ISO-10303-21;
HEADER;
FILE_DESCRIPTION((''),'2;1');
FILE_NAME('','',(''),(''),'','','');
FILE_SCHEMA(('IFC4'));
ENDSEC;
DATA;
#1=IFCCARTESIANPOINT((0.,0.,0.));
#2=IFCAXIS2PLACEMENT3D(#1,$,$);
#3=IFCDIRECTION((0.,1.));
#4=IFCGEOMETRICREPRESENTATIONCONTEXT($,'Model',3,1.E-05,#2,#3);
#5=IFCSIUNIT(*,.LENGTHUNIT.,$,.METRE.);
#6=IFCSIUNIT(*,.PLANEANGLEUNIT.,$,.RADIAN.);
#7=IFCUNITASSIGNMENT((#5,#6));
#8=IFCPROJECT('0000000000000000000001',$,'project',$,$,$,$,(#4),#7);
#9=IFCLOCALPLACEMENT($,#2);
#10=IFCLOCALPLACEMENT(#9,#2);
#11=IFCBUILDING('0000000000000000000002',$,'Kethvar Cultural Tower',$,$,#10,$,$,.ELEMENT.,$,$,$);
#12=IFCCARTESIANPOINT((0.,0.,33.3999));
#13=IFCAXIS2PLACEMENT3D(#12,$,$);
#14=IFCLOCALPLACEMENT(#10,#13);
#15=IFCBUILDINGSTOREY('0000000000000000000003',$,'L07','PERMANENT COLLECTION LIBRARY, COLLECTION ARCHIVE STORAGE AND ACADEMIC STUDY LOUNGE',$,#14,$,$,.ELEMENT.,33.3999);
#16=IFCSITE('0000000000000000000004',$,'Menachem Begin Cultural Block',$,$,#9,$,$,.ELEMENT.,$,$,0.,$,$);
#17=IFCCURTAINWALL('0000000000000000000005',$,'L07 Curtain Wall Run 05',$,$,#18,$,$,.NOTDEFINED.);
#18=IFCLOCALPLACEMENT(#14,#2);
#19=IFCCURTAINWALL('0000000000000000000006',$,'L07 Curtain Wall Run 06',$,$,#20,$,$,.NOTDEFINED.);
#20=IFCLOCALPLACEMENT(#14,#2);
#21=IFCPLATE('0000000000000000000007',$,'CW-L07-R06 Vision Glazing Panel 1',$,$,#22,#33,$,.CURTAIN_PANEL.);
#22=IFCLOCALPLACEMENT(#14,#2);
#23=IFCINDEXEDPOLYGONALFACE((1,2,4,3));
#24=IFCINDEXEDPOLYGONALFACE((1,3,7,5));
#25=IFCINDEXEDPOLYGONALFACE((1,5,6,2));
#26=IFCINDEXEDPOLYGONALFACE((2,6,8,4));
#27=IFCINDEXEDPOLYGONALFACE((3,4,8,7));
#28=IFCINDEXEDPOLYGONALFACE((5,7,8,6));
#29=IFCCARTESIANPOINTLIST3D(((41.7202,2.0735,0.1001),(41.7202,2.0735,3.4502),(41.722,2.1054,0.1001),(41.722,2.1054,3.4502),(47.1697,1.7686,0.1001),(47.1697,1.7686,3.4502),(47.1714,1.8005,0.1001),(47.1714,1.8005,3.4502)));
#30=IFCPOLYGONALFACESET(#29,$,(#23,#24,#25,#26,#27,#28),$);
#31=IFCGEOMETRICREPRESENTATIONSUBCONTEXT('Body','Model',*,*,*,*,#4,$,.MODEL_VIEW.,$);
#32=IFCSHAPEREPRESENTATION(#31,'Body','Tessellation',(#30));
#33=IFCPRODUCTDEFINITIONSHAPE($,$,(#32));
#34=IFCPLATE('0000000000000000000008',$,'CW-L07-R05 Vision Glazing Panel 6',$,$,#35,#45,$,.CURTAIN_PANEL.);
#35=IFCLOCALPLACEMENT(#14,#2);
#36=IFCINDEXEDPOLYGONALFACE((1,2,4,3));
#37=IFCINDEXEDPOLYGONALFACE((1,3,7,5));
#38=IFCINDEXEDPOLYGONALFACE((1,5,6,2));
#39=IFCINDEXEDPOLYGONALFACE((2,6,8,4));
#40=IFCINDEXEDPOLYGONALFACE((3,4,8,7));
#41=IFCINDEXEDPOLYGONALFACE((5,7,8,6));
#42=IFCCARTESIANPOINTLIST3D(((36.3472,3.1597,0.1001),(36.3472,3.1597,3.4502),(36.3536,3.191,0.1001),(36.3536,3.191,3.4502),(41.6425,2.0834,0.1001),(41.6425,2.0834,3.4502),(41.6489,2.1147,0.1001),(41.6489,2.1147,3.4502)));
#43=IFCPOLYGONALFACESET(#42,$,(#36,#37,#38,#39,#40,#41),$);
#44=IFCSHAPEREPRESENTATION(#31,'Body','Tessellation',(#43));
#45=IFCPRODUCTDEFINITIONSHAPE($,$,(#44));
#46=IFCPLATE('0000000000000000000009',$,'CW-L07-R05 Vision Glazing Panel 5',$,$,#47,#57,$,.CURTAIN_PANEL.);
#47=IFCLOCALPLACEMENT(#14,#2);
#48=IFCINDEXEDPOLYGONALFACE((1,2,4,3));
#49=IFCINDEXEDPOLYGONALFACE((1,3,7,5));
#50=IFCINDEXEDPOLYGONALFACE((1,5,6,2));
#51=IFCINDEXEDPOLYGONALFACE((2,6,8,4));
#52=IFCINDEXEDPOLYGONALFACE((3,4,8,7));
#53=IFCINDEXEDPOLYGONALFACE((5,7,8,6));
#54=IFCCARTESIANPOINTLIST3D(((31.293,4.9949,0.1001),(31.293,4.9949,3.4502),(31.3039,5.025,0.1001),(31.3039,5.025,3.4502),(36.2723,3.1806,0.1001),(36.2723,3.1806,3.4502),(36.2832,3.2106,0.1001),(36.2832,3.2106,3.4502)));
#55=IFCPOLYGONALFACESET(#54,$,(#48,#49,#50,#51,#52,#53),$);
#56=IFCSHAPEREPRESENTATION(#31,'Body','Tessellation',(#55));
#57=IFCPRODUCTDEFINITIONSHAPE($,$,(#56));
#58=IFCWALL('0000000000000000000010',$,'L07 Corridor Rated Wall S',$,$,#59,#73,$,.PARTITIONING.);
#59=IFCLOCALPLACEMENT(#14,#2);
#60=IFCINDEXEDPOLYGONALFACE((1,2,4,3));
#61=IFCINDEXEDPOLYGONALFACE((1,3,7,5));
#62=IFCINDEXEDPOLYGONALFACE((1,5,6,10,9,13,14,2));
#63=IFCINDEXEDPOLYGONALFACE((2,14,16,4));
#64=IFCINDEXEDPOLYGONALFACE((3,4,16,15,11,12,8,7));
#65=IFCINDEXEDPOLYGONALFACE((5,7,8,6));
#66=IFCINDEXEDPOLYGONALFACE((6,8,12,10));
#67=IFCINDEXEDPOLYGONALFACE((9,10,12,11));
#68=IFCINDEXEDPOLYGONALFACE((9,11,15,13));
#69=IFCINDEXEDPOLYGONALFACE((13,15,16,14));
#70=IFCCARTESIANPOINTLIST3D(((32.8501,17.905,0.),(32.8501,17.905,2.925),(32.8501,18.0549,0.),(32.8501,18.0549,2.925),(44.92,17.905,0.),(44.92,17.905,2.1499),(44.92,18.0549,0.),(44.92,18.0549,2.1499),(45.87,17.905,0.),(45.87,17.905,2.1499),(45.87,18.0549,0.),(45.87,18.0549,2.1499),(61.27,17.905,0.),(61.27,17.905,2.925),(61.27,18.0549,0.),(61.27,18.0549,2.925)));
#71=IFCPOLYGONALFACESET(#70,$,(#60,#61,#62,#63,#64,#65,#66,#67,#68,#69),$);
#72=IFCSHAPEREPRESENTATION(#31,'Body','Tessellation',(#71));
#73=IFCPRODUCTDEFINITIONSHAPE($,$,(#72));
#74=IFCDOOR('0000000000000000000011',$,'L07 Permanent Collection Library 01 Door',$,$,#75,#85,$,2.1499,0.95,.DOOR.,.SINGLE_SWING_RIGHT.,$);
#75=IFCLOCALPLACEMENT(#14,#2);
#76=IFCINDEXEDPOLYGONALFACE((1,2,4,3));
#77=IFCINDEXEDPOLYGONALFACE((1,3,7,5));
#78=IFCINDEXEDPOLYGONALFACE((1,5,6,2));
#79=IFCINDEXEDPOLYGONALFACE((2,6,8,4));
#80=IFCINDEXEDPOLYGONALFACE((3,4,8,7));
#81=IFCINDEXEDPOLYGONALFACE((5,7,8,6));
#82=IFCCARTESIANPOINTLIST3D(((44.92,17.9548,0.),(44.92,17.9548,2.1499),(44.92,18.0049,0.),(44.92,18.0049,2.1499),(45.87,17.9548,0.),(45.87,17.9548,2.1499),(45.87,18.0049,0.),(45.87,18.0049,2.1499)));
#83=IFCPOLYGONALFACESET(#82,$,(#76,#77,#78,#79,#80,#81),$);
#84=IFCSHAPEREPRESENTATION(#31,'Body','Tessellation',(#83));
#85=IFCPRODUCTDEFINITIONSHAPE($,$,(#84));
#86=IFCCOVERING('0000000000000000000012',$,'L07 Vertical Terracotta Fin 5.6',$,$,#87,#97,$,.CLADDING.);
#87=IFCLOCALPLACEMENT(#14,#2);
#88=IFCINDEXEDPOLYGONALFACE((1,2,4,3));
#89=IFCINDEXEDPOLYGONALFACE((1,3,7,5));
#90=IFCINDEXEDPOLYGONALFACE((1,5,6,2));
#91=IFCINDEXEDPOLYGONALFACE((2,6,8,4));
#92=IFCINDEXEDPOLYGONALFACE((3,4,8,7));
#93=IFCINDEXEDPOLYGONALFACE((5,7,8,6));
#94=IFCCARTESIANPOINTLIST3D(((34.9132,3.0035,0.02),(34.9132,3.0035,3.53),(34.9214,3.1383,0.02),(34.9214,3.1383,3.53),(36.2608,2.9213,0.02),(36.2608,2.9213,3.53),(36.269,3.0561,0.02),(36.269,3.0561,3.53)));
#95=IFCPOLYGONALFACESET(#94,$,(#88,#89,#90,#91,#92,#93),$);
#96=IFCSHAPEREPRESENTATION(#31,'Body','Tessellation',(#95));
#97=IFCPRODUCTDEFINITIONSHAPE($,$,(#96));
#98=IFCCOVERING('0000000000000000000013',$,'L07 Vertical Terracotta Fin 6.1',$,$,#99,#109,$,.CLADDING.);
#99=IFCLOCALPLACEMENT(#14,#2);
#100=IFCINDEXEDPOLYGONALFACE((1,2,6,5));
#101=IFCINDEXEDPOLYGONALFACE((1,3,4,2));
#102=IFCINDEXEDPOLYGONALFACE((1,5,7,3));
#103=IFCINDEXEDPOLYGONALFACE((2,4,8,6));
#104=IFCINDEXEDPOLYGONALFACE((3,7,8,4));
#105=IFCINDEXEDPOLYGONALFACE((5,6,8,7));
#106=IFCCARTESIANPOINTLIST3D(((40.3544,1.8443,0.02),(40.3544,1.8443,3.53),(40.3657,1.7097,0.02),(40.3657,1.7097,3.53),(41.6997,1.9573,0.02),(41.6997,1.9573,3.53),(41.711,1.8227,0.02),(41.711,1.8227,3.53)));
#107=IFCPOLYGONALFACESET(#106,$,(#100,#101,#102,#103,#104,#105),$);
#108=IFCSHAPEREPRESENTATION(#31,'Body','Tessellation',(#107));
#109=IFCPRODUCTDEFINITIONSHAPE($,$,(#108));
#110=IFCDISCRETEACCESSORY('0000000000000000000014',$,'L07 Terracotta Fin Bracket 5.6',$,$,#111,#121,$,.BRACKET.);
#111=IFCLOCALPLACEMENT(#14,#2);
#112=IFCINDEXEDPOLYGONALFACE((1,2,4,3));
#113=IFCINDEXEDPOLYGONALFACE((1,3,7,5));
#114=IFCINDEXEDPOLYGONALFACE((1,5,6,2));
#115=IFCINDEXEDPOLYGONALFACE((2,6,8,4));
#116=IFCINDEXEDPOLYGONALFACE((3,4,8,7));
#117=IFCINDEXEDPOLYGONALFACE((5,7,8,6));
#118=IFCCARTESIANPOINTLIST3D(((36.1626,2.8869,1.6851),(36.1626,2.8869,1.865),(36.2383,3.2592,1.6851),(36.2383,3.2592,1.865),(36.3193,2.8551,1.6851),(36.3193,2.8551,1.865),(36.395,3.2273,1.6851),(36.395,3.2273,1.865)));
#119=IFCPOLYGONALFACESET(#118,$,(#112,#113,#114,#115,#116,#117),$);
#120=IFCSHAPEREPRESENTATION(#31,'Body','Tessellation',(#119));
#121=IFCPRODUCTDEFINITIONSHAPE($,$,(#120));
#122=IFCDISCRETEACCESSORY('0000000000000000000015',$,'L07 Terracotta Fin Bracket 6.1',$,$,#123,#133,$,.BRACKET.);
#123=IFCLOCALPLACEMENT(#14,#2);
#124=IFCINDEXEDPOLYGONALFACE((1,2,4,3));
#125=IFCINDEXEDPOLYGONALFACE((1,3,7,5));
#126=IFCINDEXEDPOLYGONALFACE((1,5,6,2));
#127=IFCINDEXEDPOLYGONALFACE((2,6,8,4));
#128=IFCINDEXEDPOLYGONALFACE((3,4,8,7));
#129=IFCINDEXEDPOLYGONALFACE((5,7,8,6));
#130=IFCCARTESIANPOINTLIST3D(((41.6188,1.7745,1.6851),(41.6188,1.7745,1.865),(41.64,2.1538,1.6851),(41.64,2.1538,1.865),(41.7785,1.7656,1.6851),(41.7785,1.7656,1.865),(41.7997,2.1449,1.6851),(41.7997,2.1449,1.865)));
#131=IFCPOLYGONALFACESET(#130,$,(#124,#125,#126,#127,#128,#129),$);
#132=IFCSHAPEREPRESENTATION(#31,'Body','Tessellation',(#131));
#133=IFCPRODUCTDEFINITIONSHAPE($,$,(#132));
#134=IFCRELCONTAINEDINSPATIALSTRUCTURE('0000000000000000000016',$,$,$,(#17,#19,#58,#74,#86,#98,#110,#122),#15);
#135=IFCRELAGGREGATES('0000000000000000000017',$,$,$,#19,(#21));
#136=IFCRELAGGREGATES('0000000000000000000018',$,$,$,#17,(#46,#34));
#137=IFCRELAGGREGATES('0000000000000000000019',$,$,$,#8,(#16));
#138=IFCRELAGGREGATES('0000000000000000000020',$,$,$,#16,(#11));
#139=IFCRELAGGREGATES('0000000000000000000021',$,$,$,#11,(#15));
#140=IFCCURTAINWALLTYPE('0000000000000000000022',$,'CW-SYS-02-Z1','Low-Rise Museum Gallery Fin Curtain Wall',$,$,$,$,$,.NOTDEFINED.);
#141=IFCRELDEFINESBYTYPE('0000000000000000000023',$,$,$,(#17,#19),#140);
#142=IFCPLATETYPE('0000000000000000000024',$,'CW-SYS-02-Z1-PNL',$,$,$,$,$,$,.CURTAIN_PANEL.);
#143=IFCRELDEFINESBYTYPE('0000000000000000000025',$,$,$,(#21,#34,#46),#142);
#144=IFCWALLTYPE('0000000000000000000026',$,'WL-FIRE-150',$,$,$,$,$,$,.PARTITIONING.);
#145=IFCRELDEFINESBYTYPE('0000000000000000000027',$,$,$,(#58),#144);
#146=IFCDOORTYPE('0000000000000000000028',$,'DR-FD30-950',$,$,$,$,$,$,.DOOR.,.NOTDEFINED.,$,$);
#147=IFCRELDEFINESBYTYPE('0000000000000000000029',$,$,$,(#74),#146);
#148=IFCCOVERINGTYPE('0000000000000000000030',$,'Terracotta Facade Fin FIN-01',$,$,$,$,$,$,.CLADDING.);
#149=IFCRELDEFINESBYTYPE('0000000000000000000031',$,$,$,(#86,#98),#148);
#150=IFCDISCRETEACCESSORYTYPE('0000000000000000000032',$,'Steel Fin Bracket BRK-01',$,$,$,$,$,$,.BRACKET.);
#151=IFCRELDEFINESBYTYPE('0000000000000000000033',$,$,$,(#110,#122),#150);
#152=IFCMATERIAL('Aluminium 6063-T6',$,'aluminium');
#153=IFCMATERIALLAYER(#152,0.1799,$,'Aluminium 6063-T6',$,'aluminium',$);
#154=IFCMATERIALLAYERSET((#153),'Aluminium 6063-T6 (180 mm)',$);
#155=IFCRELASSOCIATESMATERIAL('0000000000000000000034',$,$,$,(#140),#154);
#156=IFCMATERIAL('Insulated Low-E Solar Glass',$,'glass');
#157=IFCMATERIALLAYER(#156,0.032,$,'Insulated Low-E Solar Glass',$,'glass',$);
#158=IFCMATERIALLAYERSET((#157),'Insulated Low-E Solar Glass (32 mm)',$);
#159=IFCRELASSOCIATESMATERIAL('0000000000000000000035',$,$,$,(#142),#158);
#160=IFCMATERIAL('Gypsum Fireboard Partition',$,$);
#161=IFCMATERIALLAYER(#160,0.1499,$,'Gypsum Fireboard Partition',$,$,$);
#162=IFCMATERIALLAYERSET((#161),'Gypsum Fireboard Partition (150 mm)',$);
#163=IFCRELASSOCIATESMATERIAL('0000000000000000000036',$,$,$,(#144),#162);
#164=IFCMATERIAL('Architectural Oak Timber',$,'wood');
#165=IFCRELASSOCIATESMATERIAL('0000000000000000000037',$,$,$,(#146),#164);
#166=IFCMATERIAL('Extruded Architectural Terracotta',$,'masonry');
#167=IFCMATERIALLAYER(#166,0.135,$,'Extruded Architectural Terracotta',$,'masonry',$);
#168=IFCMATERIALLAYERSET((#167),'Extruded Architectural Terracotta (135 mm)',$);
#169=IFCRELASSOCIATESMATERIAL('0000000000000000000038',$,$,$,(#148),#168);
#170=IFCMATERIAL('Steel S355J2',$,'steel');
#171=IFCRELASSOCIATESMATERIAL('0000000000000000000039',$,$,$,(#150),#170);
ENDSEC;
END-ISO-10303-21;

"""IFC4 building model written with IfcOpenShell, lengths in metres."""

from ifc_helpers import new_model, si_unit, direction, frame, frame_2d, origin, origin_2d, place, context, subcontext, project, spatial, rectangle, extrude, source, transform, mapped, material, layer, layer_set, type_object, element, fill, aggregate, save


model = new_model("IFC4")

# Units and contexts
model_context = context("Model", 3, precision=1e-05, world=origin(), true_north=direction((0.0, 1.0)))
body_context = subcontext(model_context, "Body", "Model", "MODEL_VIEW")
ifc_project = project(units=[si_unit("LENGTHUNIT", "METRE"), si_unit("PLANEANGLEUNIT", "RADIAN")], contexts=[model_context])

# Site, building, storey
site_placement = place(None, origin())
site = spatial("IfcSite", under=ifc_project, at=site_placement, Name="Menachem Begin Cultural Block", CompositionType="ELEMENT", RefElevation=0.0)
building_placement = place(site_placement, origin())
building = spatial("IfcBuilding", under=site, at=building_placement, Name="Kethvar Cultural Tower", CompositionType="ELEMENT")
storey_placement = place(building_placement, frame((0.0, 0.0, 33.3999)))
storey = spatial("IfcBuildingStorey", under=building, at=storey_placement, Name="L07", Description="PERMANENT COLLECTION LIBRARY, COLLECTION ARCHIVE STORAGE AND ACADEMIC STUDY LOUNGE", CompositionType="ELEMENT", Elevation=33.3999)

# Shared definitions
ifc_material_1 = material(Name="Steel S355J2", Category="steel")

# Curtain walls
ifc_material_2 = material(Name="Aluminium 6063-T6", Category="aluminium")
ifc_layer_1 = layer(ifc_material_2, 0.1799, Name="Aluminium 6063-T6", Category="aluminium")
ifc_layer_set_1 = layer_set([ifc_layer_1], Name="Aluminium 6063-T6 (180 mm)")
curtain_wall_type = type_object("IfcCurtainWallType", Name="CW-SYS-02-Z1", Description="Low-Rise Museum Gallery Fin Curtain Wall", PredefinedType="NOTDEFINED", material=ifc_layer_set_1)
curtain_wall_1_placement = place(storey_placement, origin())
curtain_wall_1 = element("IfcCurtainWall", 1, at=curtain_wall_1_placement, inside=storey, type_object=curtain_wall_type, Name="L07 Curtain Wall Run 05", PredefinedType="NOTDEFINED")
curtain_wall_2_placement = place(storey_placement, origin())
curtain_wall_2 = element("IfcCurtainWall", 2, at=curtain_wall_2_placement, inside=storey, type_object=curtain_wall_type, Name="L07 Curtain Wall Run 06", PredefinedType="NOTDEFINED")

# Plates
ifc_material_3 = material(Name="Insulated Low-E Solar Glass", Category="glass")
ifc_layer_2 = layer(ifc_material_3, 0.032, Name="Insulated Low-E Solar Glass", Category="glass")
ifc_layer_set_2 = layer_set([ifc_layer_2], Name="Insulated Low-E Solar Glass (32 mm)")
plate_type = type_object("IfcPlateType", Name="CW-SYS-02-Z1-PNL", PredefinedType="CURTAIN_PANEL", material=ifc_layer_set_2)
shared_shape_1 = source(origin(), body_context, "Body", "SweptSolid", [
    extrude(rectangle(XDim=5.458, YDim=0.032, at=origin_2d()), origin(), (0.0, 0.0, 1.0), 3.3501),
])
plate_1_placement = place(storey_placement, frame((44.4458, 1.937, 0.1001), z_axis=(0.0, 0.0, 1.0), x_axis=(0.998439, -0.055856, 0.0)))
plate_1 = element("IfcPlate", 3, at=plate_1_placement, type_object=plate_type, Name="CW-L07-R06 Vision Glazing Panel 1", PredefinedType="CURTAIN_PANEL", context=body_context, shape_type="MappedRepresentation", body=[
    mapped(shared_shape_1, transform((0.0, 0.0, 0.0), scale=1.0)),
])
aggregate(curtain_wall_2, [plate_1])
shared_shape_2 = source(origin(), body_context, "Body", "SweptSolid", [
    extrude(rectangle(XDim=5.4036, YDim=0.032, at=origin_2d()), origin(), (0.0, 0.0, 1.0), 3.3501),
])
plate_2_placement = place(storey_placement, frame((38.998, 2.6372, 0.1001), z_axis=(0.0, 0.0, 1.0), x_axis=(0.979963, -0.19918, 0.0)))
plate_2 = element("IfcPlate", 4, at=plate_2_placement, type_object=plate_type, Name="CW-L07-R05 Vision Glazing Panel 6", PredefinedType="CURTAIN_PANEL", context=body_context, shape_type="MappedRepresentation", body=[
    mapped(shared_shape_2, transform((0.0, 0.0, 0.0), scale=1.0)),
])
shared_shape_3 = source(origin(), body_context, "Body", "SweptSolid", [
    extrude(rectangle(XDim=5.2996, YDim=0.032, at=origin_2d()), origin(), (0.0, 0.0, 1.0), 3.3501),
])
plate_3_placement = place(storey_placement, frame((33.7881, 4.1028, 0.1001), z_axis=(0.0, 0.0, 1.0), x_axis=(0.939567, -0.342365, 0.0)))
plate_3 = element("IfcPlate", 5, at=plate_3_placement, type_object=plate_type, Name="CW-L07-R05 Vision Glazing Panel 5", PredefinedType="CURTAIN_PANEL", context=body_context, shape_type="MappedRepresentation", body=[
    mapped(shared_shape_3, transform((0.0, 0.0, 0.0), scale=1.0)),
])
aggregate(curtain_wall_1, [plate_3, plate_2])

# Wall, opening, door
ifc_material_4 = material(Name="Gypsum Fireboard Partition")
ifc_layer_3 = layer(ifc_material_4, 0.1499, Name="Gypsum Fireboard Partition")
ifc_layer_set_3 = layer_set([ifc_layer_3], Name="Gypsum Fireboard Partition (150 mm)")
wall_type_1 = type_object("IfcWallType", Name="WL-FIRE-150", PredefinedType="PARTITIONING", material=ifc_layer_set_3)
wall_1_placement = place(storey_placement, frame((32.8501, 17.98, 0.0), z_axis=(0.0, 0.0, 1.0), x_axis=(1.0, 0.0, 0.0)))
wall_1 = element("IfcWall", 6, at=wall_1_placement, inside=storey, type_object=wall_type_1, Name="L07 Corridor Rated Wall S", PredefinedType="PARTITIONING", context=body_context, shape_type="SweptSolid", body=[
    extrude(rectangle(XDim=28.4199, YDim=0.1499, at=frame_2d((14.21, 0.0))), origin(), (0.0, 0.0, 1.0), 2.925),
])
opening_1_placement = place(wall_1_placement, frame((12.0698, 0.0, 0.0)))
opening_1 = element("IfcOpeningElement", 7, at=opening_1_placement, cuts=wall_1, PredefinedType="OPENING", context=body_context, shape_type="SweptSolid", body=[
    extrude(rectangle(XDim=0.95, YDim=2.1499, at=frame_2d((0.4751, 1.075))), frame((0.0, 0.085, 0.0), z_axis=(0.0, -1.0, 0.0), x_axis=(1.0, 0.0, 0.0)), (0.0, 0.0, 1.0), 0.1699),
])
ifc_material_5 = material(Name="Architectural Oak Timber", Category="wood")
door_type_1 = type_object("IfcDoorType", Name="DR-FD30-950", OperationType="NOTDEFINED", PredefinedType="DOOR", material=ifc_material_5)
shared_shape_4 = source(origin(), body_context, "Body", "SweptSolid", [
    extrude(rectangle(XDim=0.95, YDim=2.1499, at=frame_2d((0.4751, 1.075))), frame((0.0, 0.0249, 0.0), z_axis=(0.0, -1.0, 0.0), x_axis=(1.0, 0.0, 0.0)), (0.0, 0.0, 1.0), 0.05),
])
door_1_placement = place(opening_1_placement, origin())
door_1 = element("IfcDoor", 8, at=door_1_placement, inside=storey, type_object=door_type_1, Name="L07 Permanent Collection Library 01 Door", OperationType="SINGLE_SWING_RIGHT", OverallHeight=2.1499, OverallWidth=0.95, PredefinedType="DOOR", context=body_context, shape_type="MappedRepresentation", body=[
    mapped(shared_shape_4, transform((0.0, 0.0, 0.0), scale=1.0)),
])
fill(opening_1, door_1)

# Coverings
ifc_material_6 = material(Name="Extruded Architectural Terracotta", Category="masonry")
ifc_layer_4 = layer(ifc_material_6, 0.135, Name="Extruded Architectural Terracotta", Category="masonry")
ifc_layer_set_4 = layer_set([ifc_layer_4], Name="Extruded Architectural Terracotta (135 mm)")
covering_type = type_object("IfcCoveringType", Name="Terracotta Facade Fin FIN-01", PredefinedType="CLADDING", material=ifc_layer_set_4)
shared_shape_5 = source(origin(), body_context, "Body", "SweptSolid", [
    extrude(rectangle(XDim=1.3501, YDim=0.135, at=origin_2d()), origin(), (0.0, 0.0, 1.0), 3.51),
])
for number, where, z_axis, x_axis, name in (
    (9, (35.5911, 3.0298, 0.02), (0.0, 0.0, 1.0), (-0.998145, 0.060874, 0.0), "L07 Vertical Terracotta Fin 5.6"),
    (10, (41.0327, 1.8335, 0.02), (0.0, 0.0, 1.0), (-0.996493, -0.083678, 0.0), "L07 Vertical Terracotta Fin 6.1"),
):
    element("IfcCovering", number, at=place(storey_placement, frame(where, z_axis=z_axis, x_axis=x_axis)), inside=storey, type_object=covering_type, Name=name, PredefinedType="CLADDING", context=body_context, shape_type="MappedRepresentation", body=[
        mapped(shared_shape_5, transform((0.0, 0.0, 0.0), scale=1.0)),
    ])

# Discrete accessories
discrete_accessory_type = type_object("IfcDiscreteAccessoryType", Name="Steel Fin Bracket BRK-01", PredefinedType="BRACKET", material=ifc_material_1)
shared_shape_6 = source(origin(), body_context, "Body", "SweptSolid", [
    extrude(rectangle(XDim=0.3799, YDim=0.1599, at=origin_2d()), origin(), (0.0, 0.0, 1.0), 0.1799),
])
for number, where, z_axis, x_axis, name in (
    (11, (36.2788, 3.0571, 1.6851), (0.0, 0.0, 1.0), (-0.199197, -0.979959, 0.0), "L07 Terracotta Fin Bracket 5.6"),
    (12, (41.7092, 1.9597, 1.6851), (0.0, 0.0, 1.0), (-0.055822, -0.998441, 0.0), "L07 Terracotta Fin Bracket 6.1"),
):
    element("IfcDiscreteAccessory", number, at=place(storey_placement, frame(where, z_axis=z_axis, x_axis=x_axis)), inside=storey, type_object=discrete_accessory_type, Name=name, PredefinedType="BRACKET", context=body_context, shape_type="MappedRepresentation", body=[
        mapped(shared_shape_6, transform((0.0, 0.0, 0.0), scale=1.0)),
    ])

save(model, "model.ifc")
